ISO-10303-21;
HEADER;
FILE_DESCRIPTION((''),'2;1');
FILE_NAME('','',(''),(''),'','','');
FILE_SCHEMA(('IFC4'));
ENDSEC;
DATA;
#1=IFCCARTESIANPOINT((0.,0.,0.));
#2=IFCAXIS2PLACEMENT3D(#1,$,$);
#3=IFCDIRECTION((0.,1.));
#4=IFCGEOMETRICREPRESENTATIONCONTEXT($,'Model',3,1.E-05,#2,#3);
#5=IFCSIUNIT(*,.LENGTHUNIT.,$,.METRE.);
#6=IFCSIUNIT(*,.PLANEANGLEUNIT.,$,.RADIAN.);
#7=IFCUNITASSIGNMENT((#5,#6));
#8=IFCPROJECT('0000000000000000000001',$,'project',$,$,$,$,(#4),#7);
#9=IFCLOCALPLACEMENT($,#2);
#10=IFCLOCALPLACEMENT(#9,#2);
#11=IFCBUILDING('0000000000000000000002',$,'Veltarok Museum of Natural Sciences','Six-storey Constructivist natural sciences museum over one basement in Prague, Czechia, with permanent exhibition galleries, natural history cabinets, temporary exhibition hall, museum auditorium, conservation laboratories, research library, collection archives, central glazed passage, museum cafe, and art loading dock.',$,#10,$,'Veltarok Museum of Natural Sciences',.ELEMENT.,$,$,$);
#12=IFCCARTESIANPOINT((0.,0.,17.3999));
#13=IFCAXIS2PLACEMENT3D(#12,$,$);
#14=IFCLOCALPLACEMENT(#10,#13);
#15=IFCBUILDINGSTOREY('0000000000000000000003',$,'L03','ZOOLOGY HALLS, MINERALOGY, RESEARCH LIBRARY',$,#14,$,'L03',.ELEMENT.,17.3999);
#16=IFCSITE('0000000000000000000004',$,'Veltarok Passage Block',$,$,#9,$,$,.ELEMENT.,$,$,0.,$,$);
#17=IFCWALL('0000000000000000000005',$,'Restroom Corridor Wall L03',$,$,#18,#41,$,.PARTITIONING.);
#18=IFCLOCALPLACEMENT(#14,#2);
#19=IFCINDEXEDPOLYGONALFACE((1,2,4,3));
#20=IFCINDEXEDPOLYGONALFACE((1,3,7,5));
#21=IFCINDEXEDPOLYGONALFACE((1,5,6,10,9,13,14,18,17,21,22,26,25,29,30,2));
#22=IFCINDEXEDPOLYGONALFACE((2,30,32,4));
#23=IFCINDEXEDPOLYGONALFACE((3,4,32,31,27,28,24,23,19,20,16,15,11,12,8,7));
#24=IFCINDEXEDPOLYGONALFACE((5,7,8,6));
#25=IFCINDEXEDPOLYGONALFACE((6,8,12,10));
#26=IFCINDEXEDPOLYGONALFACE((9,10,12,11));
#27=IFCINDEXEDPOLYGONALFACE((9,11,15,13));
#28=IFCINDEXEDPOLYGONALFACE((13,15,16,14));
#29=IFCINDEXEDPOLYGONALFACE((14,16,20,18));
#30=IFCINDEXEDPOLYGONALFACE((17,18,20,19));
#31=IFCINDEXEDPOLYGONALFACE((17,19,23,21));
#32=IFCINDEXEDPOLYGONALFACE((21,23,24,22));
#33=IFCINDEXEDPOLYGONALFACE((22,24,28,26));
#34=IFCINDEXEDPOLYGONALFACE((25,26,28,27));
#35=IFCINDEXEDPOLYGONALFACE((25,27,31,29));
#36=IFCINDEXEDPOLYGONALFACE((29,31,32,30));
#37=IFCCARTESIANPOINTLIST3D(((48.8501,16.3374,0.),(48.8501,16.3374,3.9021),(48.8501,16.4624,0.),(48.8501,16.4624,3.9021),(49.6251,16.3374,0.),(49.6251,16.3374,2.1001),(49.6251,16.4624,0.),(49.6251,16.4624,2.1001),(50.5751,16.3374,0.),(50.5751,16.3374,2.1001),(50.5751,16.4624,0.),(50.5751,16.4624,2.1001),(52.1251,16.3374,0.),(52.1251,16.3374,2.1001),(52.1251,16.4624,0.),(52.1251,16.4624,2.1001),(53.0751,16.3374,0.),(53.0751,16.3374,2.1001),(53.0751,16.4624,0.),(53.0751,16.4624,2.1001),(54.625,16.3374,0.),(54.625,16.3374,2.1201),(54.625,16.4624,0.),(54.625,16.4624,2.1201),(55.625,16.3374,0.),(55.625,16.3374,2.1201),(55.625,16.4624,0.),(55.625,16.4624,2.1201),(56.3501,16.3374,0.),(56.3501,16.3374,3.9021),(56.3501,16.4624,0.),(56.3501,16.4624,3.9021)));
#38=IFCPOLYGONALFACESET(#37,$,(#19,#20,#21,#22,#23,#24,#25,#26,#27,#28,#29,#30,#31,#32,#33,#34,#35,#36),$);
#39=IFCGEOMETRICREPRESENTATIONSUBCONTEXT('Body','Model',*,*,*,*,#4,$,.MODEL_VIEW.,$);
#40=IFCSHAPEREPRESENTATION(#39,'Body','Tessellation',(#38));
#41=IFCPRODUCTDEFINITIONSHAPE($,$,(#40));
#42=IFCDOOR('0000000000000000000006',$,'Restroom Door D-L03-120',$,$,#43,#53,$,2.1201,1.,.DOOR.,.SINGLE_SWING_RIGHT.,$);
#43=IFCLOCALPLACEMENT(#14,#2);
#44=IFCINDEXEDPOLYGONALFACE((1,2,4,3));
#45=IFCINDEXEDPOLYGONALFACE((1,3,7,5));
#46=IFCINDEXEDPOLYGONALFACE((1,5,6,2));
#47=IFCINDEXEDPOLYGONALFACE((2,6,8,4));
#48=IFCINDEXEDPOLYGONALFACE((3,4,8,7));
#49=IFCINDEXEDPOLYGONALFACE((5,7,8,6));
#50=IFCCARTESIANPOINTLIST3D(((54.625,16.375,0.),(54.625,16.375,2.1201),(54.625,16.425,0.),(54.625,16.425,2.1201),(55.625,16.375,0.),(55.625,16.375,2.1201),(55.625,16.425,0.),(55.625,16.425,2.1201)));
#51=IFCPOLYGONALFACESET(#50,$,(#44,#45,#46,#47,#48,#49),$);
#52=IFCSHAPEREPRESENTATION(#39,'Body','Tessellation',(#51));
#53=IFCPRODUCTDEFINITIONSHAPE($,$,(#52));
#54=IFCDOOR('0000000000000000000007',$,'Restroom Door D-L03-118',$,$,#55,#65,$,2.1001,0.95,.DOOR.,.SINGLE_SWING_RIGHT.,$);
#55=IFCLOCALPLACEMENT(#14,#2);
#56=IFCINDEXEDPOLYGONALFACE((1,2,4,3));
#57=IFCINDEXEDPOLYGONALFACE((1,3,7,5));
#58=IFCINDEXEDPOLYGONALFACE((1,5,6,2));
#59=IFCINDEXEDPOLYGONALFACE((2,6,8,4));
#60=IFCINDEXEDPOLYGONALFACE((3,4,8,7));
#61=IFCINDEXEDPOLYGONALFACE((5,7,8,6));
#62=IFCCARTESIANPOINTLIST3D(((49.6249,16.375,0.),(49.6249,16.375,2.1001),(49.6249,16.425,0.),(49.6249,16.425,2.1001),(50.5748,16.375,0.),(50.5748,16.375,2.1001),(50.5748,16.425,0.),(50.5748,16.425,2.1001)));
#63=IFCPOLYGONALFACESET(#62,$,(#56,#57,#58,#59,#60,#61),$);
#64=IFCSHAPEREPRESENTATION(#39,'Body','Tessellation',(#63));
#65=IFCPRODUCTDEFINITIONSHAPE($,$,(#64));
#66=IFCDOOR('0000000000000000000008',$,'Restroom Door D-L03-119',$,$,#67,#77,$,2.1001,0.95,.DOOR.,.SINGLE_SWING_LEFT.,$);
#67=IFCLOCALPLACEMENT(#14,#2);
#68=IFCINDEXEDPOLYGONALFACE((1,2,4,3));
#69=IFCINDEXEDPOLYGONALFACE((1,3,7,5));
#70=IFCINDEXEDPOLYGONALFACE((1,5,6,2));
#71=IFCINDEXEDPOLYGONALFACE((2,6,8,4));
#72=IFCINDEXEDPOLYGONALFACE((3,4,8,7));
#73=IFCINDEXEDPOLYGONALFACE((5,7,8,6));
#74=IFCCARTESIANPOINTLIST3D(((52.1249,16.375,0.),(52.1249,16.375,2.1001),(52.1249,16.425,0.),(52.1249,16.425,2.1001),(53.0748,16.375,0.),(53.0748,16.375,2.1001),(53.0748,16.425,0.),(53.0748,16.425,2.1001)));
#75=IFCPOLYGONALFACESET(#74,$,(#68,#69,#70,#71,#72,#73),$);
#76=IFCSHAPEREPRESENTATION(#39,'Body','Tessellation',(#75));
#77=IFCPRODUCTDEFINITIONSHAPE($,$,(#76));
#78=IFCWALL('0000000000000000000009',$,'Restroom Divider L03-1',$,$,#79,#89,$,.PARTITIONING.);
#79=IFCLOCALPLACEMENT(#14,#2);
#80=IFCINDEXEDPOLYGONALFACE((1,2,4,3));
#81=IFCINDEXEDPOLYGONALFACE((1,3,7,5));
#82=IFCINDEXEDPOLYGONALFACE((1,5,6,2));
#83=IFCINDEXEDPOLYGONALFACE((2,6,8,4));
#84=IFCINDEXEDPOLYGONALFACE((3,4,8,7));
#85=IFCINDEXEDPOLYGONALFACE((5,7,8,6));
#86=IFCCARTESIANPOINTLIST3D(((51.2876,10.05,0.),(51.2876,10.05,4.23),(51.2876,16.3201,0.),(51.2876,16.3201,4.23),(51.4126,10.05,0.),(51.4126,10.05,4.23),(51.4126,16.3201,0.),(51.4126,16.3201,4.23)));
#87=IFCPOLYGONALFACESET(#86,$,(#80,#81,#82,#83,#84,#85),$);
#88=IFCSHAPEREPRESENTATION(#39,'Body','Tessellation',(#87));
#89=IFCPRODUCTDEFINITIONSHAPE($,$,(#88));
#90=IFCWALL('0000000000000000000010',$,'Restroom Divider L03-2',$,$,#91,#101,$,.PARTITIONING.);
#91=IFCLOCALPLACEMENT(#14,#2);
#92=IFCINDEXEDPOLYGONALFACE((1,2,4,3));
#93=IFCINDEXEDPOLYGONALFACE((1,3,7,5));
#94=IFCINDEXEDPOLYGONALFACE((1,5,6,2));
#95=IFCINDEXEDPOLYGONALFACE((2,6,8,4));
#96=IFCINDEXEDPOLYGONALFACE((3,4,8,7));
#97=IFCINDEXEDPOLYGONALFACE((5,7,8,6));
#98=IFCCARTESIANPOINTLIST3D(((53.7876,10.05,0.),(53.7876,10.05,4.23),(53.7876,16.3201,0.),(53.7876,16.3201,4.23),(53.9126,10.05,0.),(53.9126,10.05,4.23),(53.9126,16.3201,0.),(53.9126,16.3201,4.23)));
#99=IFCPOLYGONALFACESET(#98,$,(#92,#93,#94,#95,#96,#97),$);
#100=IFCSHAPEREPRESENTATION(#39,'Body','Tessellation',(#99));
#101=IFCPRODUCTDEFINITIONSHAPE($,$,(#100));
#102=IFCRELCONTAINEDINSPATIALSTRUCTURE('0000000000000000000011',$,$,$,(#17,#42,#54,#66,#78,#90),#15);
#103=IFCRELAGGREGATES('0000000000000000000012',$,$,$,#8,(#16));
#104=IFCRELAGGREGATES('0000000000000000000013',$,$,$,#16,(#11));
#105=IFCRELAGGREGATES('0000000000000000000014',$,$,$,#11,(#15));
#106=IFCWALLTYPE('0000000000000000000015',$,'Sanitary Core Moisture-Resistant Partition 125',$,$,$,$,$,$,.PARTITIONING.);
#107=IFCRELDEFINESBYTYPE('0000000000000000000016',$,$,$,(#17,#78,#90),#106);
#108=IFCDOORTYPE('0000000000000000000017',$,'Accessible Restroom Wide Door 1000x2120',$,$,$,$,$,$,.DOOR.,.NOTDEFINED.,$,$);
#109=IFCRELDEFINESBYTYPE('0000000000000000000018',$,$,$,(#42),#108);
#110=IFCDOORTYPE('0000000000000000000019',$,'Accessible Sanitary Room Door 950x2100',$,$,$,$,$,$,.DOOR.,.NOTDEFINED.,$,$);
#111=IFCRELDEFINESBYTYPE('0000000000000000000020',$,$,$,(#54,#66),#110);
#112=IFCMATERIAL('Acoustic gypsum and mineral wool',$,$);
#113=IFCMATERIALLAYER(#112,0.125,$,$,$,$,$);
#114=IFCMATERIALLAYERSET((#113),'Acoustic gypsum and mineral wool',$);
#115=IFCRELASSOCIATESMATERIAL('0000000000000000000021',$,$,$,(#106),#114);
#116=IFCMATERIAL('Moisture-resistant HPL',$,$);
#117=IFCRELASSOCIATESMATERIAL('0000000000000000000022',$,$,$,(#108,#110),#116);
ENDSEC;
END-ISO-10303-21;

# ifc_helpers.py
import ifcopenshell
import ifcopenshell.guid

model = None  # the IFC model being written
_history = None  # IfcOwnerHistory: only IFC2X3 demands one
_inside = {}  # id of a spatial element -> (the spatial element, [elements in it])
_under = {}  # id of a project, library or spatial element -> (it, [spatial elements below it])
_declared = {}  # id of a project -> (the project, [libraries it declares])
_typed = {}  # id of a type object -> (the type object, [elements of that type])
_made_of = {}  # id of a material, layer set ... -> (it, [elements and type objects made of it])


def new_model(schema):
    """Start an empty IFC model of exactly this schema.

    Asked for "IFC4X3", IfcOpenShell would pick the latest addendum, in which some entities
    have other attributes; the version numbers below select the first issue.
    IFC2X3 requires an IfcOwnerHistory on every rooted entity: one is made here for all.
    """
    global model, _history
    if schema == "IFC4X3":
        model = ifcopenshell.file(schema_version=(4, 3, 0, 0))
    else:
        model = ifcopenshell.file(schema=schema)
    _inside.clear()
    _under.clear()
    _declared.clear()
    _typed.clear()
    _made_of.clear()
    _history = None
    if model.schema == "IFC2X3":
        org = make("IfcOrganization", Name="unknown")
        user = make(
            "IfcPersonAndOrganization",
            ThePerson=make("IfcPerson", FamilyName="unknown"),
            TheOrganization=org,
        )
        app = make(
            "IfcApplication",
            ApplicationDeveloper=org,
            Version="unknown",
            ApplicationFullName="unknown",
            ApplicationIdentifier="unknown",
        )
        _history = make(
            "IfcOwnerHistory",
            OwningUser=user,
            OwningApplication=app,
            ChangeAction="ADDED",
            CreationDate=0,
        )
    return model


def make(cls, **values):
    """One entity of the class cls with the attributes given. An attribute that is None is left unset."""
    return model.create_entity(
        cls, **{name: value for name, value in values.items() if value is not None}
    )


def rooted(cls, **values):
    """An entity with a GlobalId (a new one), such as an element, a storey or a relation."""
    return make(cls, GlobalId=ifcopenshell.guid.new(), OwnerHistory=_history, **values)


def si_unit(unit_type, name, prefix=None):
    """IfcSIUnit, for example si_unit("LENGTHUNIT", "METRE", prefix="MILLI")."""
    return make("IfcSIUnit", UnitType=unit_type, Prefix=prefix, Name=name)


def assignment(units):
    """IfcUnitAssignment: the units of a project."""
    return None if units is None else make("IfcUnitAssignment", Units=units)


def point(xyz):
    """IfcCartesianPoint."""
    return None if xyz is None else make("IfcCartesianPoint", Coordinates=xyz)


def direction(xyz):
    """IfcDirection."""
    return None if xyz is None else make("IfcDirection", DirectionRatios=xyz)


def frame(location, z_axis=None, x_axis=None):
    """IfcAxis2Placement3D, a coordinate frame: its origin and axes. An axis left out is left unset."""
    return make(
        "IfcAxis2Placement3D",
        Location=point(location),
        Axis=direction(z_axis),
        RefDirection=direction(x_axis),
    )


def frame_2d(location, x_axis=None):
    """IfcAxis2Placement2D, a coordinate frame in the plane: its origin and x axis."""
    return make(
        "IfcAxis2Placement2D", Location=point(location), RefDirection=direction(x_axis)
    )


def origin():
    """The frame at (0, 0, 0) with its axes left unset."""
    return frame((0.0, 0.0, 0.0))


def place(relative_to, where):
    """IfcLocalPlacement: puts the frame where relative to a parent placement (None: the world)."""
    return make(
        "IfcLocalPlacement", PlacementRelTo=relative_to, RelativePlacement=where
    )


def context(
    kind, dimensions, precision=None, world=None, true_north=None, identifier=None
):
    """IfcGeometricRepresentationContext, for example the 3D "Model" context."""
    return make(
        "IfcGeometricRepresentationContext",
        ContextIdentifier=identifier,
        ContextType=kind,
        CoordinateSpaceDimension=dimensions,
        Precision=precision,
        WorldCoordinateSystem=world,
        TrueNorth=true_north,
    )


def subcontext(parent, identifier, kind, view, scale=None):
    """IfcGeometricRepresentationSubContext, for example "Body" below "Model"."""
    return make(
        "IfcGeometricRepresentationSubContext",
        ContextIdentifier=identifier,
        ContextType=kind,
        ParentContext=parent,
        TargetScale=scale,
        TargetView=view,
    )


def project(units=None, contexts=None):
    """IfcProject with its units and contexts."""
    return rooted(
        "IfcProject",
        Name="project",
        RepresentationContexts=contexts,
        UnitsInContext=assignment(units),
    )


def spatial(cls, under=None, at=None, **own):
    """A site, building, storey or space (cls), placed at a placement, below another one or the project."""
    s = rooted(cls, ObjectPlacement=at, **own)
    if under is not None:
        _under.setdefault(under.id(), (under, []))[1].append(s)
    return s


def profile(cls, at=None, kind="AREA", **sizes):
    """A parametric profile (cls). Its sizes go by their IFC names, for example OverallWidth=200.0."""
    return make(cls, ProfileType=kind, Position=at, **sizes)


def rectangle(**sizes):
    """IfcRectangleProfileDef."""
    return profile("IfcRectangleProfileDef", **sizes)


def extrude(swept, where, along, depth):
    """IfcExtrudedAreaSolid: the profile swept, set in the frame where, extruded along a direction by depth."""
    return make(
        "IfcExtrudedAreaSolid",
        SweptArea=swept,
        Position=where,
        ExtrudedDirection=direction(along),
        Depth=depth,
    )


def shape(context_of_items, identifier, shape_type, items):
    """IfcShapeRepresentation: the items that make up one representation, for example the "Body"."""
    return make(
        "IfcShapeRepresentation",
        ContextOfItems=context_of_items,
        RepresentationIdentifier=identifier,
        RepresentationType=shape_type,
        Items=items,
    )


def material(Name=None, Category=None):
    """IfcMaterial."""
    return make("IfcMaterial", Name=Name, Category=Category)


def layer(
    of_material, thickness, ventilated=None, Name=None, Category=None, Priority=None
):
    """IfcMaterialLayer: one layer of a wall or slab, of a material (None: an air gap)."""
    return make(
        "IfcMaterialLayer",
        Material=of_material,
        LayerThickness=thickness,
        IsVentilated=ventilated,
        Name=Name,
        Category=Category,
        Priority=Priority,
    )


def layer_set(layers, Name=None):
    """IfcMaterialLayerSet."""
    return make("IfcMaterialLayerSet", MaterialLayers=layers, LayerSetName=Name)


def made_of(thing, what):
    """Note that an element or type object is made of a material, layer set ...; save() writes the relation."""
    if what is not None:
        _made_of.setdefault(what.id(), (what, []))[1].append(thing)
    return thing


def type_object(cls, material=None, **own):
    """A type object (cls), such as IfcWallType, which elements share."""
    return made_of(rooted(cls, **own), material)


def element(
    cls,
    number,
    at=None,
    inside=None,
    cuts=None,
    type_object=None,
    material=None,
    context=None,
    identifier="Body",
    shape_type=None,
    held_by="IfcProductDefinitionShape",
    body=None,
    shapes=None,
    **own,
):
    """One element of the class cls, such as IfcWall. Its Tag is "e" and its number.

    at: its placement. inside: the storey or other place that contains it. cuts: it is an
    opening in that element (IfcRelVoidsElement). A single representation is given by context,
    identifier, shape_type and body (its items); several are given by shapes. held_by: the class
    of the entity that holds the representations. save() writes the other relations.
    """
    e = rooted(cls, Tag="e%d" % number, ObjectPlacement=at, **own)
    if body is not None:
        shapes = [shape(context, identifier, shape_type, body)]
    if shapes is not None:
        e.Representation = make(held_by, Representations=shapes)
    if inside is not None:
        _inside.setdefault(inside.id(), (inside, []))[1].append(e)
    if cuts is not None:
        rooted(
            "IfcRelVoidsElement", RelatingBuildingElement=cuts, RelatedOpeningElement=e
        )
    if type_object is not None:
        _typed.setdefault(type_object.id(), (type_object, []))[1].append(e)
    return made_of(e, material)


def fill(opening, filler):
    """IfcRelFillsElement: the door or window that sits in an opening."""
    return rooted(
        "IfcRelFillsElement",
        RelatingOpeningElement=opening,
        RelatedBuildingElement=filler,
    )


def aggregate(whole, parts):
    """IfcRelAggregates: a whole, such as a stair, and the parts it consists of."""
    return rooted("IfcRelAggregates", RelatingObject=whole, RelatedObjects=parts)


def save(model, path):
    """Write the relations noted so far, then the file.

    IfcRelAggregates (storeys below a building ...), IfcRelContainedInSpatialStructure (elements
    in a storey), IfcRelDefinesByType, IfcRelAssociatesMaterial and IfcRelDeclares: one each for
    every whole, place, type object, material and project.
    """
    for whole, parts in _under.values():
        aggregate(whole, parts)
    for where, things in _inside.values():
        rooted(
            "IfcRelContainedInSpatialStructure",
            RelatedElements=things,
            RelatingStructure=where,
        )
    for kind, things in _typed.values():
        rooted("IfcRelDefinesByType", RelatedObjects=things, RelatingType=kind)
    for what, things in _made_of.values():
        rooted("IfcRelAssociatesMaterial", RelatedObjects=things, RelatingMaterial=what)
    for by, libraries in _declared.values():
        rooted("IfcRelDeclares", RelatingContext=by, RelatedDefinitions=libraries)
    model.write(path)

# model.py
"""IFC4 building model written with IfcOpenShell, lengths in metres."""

from ifc_helpers import new_model, si_unit, direction, frame, frame_2d, origin, place, context, subcontext, project, spatial, rectangle, extrude, material, layer, layer_set, type_object, element, fill, save


model = new_model("IFC4")

# Units and contexts
model_context = context("Model", 3, precision=1e-05, world=origin(), true_north=direction((0.0, 1.0)))
body_context = subcontext(model_context, "Body", "Model", "MODEL_VIEW")
ifc_project = project(units=[si_unit("LENGTHUNIT", "METRE"), si_unit("PLANEANGLEUNIT", "RADIAN")], contexts=[model_context])

# Site, building, storey
site_placement = place(None, origin())
site = spatial("IfcSite", under=ifc_project, at=site_placement, Name="Veltarok Passage Block", CompositionType="ELEMENT", RefElevation=0.0)
building_placement = place(site_placement, origin())
building = spatial("IfcBuilding", under=site, at=building_placement, Name="Veltarok Museum of Natural Sciences", Description="Six-storey Constructivist natural sciences museum over one basement in Prague, Czechia, with permanent exhibition galleries, natural history cabinets, temporary exhibition hall, museum auditorium, conservation laboratories, research library, collection archives, central glazed passage, museum cafe, and art loading dock.", LongName="Veltarok Museum of Natural Sciences", CompositionType="ELEMENT")
storey_placement = place(building_placement, frame((0.0, 0.0, 17.3999)))
storey = spatial("IfcBuildingStorey", under=building, at=storey_placement, Name="L03", Description="ZOOLOGY HALLS, MINERALOGY, RESEARCH LIBRARY", LongName="L03", CompositionType="ELEMENT", Elevation=17.3999)

# Wall, openings, doors
ifc_material_1 = material(Name="Acoustic gypsum and mineral wool")
ifc_layer_1 = layer(ifc_material_1, 0.125)
ifc_layer_set_1 = layer_set([ifc_layer_1], Name="Acoustic gypsum and mineral wool")
wall_type = type_object("IfcWallType", Name="Sanitary Core Moisture-Resistant Partition 125", PredefinedType="PARTITIONING", material=ifc_layer_set_1)
wall_placement = place(storey_placement, frame((48.8501, 16.3999, 0.0), z_axis=(0.0, 0.0, 1.0), x_axis=(1.0, 0.0, 0.0)))
wall = element("IfcWall", 1, at=wall_placement, inside=storey, type_object=wall_type, Name="Restroom Corridor Wall L03", PredefinedType="PARTITIONING", context=body_context, shape_type="SweptSolid", body=[
    extrude(rectangle(XDim=7.5, YDim=0.125, at=frame_2d((3.75, 0.0))), origin(), (0.0, 0.0, 1.0), 3.9021),
])
opening_1_placement = place(wall_placement, frame((0.7749, 0.0, 0.0)))
opening_1 = element("IfcOpeningElement", 2, at=opening_1_placement, cuts=wall, PredefinedType="OPENING", context=body_context, shape_type="SweptSolid", body=[
    extrude(rectangle(XDim=0.95, YDim=2.1001, at=frame_2d((0.4751, 1.05))), frame((0.0, 0.0725, 0.0), z_axis=(0.0, -1.0, 0.0), x_axis=(1.0, 0.0, 0.0)), (0.0, 0.0, 1.0), 0.145),
])
opening_2_placement = place(wall_placement, frame((3.2749, 0.0, 0.0)))
opening_2 = element("IfcOpeningElement", 3, at=opening_2_placement, cuts=wall, PredefinedType="OPENING", context=body_context, shape_type="SweptSolid", body=[
    extrude(rectangle(XDim=0.95, YDim=2.1001, at=frame_2d((0.4751, 1.05))), frame((0.0, 0.0725, 0.0), z_axis=(0.0, -1.0, 0.0), x_axis=(1.0, 0.0, 0.0)), (0.0, 0.0, 1.0), 0.145),
])
opening_3_placement = place(wall_placement, frame((5.7749, 0.0, 0.0)))
opening_3 = element("IfcOpeningElement", 4, at=opening_3_placement, cuts=wall, PredefinedType="OPENING", context=body_context, shape_type="SweptSolid", body=[
    extrude(rectangle(XDim=1.0, YDim=2.1201, at=frame_2d((0.5, 1.0601))), frame((0.0, 0.0725, 0.0), z_axis=(0.0, -1.0, 0.0), x_axis=(1.0, 0.0, 0.0)), (0.0, 0.0, 1.0), 0.145),
])
ifc_material_2 = material(Name="Moisture-resistant HPL")
door_type_1 = type_object("IfcDoorType", Name="Accessible Restroom Wide Door 1000x2120", OperationType="NOTDEFINED", PredefinedType="DOOR", material=ifc_material_2)
door_1_placement = place(opening_3_placement, frame((1.0, 0.0, 0.0), z_axis=(0.0, 0.0, 1.0), x_axis=(-1.0, 0.0, 0.0)))
door_1 = element("IfcDoor", 5, at=door_1_placement, inside=storey, type_object=door_type_1, Name="Restroom Door D-L03-120", OperationType="SINGLE_SWING_RIGHT", OverallHeight=2.1201, OverallWidth=1.0, PredefinedType="DOOR", context=body_context, shape_type="SweptSolid", body=[
    extrude(rectangle(XDim=1.0, YDim=2.1201, at=frame_2d((0.5, 1.0601))), frame((0.0, 0.0249, 0.0), z_axis=(0.0, -1.0, 0.0), x_axis=(1.0, 0.0, 0.0)), (0.0, 0.0, 1.0), 0.05),
])
fill(opening_3, door_1)
door_type_2 = type_object("IfcDoorType", Name="Accessible Sanitary Room Door 950x2100", OperationType="NOTDEFINED", PredefinedType="DOOR", material=ifc_material_2)
door_2_placement = place(opening_1_placement, frame((0.95, 0.0, 0.0), z_axis=(0.0, 0.0, 1.0), x_axis=(-1.0, 0.0, 0.0)))
door_2 = element("IfcDoor", 6, at=door_2_placement, inside=storey, type_object=door_type_2, Name="Restroom Door D-L03-118", OperationType="SINGLE_SWING_RIGHT", OverallHeight=2.1001, OverallWidth=0.95, PredefinedType="DOOR", context=body_context, shape_type="SweptSolid", body=[
    extrude(rectangle(XDim=0.95, YDim=2.1001, at=frame_2d((0.4751, 1.05))), frame((0.0, 0.0249, 0.0), z_axis=(0.0, -1.0, 0.0), x_axis=(1.0, 0.0, 0.0)), (0.0, 0.0, 1.0), 0.05),
])
fill(opening_1, door_2)
door_3_placement = place(opening_2_placement, frame((0.95, 0.0, 0.0), z_axis=(0.0, 0.0, 1.0), x_axis=(-1.0, 0.0, 0.0)))
door_3 = element("IfcDoor", 7, at=door_3_placement, inside=storey, type_object=door_type_2, Name="Restroom Door D-L03-119", OperationType="SINGLE_SWING_LEFT", OverallHeight=2.1001, OverallWidth=0.95, PredefinedType="DOOR", context=body_context, shape_type="SweptSolid", body=[
    extrude(rectangle(XDim=0.95, YDim=2.1001, at=frame_2d((0.4751, 1.05))), frame((0.0, 0.0249, 0.0), z_axis=(0.0, -1.0, 0.0), x_axis=(1.0, 0.0, 0.0)), (0.0, 0.0, 1.0), 0.05),
])
fill(opening_2, door_3)

# Walls
for number, where, z_axis, x_axis, name in (
    (8, (51.3501, 10.05, 0.0), (0.0, 0.0, 1.0), (0.0, 1.0, 0.0), "Restroom Divider L03-1"),
    (9, (53.8501, 10.05, 0.0), (0.0, 0.0, 1.0), (0.0, 1.0, 0.0), "Restroom Divider L03-2"),
):
    element("IfcWall", number, at=place(storey_placement, frame(where, z_axis=z_axis, x_axis=x_axis)), inside=storey, type_object=wall_type, Name=name, PredefinedType="PARTITIONING", context=body_context, shape_type="SweptSolid", body=[
        extrude(rectangle(XDim=6.27, YDim=0.125, at=frame_2d((3.135, 0.0))), origin(), (0.0, 0.0, 1.0), 4.23),
    ])

save(model, "model.ifc")
